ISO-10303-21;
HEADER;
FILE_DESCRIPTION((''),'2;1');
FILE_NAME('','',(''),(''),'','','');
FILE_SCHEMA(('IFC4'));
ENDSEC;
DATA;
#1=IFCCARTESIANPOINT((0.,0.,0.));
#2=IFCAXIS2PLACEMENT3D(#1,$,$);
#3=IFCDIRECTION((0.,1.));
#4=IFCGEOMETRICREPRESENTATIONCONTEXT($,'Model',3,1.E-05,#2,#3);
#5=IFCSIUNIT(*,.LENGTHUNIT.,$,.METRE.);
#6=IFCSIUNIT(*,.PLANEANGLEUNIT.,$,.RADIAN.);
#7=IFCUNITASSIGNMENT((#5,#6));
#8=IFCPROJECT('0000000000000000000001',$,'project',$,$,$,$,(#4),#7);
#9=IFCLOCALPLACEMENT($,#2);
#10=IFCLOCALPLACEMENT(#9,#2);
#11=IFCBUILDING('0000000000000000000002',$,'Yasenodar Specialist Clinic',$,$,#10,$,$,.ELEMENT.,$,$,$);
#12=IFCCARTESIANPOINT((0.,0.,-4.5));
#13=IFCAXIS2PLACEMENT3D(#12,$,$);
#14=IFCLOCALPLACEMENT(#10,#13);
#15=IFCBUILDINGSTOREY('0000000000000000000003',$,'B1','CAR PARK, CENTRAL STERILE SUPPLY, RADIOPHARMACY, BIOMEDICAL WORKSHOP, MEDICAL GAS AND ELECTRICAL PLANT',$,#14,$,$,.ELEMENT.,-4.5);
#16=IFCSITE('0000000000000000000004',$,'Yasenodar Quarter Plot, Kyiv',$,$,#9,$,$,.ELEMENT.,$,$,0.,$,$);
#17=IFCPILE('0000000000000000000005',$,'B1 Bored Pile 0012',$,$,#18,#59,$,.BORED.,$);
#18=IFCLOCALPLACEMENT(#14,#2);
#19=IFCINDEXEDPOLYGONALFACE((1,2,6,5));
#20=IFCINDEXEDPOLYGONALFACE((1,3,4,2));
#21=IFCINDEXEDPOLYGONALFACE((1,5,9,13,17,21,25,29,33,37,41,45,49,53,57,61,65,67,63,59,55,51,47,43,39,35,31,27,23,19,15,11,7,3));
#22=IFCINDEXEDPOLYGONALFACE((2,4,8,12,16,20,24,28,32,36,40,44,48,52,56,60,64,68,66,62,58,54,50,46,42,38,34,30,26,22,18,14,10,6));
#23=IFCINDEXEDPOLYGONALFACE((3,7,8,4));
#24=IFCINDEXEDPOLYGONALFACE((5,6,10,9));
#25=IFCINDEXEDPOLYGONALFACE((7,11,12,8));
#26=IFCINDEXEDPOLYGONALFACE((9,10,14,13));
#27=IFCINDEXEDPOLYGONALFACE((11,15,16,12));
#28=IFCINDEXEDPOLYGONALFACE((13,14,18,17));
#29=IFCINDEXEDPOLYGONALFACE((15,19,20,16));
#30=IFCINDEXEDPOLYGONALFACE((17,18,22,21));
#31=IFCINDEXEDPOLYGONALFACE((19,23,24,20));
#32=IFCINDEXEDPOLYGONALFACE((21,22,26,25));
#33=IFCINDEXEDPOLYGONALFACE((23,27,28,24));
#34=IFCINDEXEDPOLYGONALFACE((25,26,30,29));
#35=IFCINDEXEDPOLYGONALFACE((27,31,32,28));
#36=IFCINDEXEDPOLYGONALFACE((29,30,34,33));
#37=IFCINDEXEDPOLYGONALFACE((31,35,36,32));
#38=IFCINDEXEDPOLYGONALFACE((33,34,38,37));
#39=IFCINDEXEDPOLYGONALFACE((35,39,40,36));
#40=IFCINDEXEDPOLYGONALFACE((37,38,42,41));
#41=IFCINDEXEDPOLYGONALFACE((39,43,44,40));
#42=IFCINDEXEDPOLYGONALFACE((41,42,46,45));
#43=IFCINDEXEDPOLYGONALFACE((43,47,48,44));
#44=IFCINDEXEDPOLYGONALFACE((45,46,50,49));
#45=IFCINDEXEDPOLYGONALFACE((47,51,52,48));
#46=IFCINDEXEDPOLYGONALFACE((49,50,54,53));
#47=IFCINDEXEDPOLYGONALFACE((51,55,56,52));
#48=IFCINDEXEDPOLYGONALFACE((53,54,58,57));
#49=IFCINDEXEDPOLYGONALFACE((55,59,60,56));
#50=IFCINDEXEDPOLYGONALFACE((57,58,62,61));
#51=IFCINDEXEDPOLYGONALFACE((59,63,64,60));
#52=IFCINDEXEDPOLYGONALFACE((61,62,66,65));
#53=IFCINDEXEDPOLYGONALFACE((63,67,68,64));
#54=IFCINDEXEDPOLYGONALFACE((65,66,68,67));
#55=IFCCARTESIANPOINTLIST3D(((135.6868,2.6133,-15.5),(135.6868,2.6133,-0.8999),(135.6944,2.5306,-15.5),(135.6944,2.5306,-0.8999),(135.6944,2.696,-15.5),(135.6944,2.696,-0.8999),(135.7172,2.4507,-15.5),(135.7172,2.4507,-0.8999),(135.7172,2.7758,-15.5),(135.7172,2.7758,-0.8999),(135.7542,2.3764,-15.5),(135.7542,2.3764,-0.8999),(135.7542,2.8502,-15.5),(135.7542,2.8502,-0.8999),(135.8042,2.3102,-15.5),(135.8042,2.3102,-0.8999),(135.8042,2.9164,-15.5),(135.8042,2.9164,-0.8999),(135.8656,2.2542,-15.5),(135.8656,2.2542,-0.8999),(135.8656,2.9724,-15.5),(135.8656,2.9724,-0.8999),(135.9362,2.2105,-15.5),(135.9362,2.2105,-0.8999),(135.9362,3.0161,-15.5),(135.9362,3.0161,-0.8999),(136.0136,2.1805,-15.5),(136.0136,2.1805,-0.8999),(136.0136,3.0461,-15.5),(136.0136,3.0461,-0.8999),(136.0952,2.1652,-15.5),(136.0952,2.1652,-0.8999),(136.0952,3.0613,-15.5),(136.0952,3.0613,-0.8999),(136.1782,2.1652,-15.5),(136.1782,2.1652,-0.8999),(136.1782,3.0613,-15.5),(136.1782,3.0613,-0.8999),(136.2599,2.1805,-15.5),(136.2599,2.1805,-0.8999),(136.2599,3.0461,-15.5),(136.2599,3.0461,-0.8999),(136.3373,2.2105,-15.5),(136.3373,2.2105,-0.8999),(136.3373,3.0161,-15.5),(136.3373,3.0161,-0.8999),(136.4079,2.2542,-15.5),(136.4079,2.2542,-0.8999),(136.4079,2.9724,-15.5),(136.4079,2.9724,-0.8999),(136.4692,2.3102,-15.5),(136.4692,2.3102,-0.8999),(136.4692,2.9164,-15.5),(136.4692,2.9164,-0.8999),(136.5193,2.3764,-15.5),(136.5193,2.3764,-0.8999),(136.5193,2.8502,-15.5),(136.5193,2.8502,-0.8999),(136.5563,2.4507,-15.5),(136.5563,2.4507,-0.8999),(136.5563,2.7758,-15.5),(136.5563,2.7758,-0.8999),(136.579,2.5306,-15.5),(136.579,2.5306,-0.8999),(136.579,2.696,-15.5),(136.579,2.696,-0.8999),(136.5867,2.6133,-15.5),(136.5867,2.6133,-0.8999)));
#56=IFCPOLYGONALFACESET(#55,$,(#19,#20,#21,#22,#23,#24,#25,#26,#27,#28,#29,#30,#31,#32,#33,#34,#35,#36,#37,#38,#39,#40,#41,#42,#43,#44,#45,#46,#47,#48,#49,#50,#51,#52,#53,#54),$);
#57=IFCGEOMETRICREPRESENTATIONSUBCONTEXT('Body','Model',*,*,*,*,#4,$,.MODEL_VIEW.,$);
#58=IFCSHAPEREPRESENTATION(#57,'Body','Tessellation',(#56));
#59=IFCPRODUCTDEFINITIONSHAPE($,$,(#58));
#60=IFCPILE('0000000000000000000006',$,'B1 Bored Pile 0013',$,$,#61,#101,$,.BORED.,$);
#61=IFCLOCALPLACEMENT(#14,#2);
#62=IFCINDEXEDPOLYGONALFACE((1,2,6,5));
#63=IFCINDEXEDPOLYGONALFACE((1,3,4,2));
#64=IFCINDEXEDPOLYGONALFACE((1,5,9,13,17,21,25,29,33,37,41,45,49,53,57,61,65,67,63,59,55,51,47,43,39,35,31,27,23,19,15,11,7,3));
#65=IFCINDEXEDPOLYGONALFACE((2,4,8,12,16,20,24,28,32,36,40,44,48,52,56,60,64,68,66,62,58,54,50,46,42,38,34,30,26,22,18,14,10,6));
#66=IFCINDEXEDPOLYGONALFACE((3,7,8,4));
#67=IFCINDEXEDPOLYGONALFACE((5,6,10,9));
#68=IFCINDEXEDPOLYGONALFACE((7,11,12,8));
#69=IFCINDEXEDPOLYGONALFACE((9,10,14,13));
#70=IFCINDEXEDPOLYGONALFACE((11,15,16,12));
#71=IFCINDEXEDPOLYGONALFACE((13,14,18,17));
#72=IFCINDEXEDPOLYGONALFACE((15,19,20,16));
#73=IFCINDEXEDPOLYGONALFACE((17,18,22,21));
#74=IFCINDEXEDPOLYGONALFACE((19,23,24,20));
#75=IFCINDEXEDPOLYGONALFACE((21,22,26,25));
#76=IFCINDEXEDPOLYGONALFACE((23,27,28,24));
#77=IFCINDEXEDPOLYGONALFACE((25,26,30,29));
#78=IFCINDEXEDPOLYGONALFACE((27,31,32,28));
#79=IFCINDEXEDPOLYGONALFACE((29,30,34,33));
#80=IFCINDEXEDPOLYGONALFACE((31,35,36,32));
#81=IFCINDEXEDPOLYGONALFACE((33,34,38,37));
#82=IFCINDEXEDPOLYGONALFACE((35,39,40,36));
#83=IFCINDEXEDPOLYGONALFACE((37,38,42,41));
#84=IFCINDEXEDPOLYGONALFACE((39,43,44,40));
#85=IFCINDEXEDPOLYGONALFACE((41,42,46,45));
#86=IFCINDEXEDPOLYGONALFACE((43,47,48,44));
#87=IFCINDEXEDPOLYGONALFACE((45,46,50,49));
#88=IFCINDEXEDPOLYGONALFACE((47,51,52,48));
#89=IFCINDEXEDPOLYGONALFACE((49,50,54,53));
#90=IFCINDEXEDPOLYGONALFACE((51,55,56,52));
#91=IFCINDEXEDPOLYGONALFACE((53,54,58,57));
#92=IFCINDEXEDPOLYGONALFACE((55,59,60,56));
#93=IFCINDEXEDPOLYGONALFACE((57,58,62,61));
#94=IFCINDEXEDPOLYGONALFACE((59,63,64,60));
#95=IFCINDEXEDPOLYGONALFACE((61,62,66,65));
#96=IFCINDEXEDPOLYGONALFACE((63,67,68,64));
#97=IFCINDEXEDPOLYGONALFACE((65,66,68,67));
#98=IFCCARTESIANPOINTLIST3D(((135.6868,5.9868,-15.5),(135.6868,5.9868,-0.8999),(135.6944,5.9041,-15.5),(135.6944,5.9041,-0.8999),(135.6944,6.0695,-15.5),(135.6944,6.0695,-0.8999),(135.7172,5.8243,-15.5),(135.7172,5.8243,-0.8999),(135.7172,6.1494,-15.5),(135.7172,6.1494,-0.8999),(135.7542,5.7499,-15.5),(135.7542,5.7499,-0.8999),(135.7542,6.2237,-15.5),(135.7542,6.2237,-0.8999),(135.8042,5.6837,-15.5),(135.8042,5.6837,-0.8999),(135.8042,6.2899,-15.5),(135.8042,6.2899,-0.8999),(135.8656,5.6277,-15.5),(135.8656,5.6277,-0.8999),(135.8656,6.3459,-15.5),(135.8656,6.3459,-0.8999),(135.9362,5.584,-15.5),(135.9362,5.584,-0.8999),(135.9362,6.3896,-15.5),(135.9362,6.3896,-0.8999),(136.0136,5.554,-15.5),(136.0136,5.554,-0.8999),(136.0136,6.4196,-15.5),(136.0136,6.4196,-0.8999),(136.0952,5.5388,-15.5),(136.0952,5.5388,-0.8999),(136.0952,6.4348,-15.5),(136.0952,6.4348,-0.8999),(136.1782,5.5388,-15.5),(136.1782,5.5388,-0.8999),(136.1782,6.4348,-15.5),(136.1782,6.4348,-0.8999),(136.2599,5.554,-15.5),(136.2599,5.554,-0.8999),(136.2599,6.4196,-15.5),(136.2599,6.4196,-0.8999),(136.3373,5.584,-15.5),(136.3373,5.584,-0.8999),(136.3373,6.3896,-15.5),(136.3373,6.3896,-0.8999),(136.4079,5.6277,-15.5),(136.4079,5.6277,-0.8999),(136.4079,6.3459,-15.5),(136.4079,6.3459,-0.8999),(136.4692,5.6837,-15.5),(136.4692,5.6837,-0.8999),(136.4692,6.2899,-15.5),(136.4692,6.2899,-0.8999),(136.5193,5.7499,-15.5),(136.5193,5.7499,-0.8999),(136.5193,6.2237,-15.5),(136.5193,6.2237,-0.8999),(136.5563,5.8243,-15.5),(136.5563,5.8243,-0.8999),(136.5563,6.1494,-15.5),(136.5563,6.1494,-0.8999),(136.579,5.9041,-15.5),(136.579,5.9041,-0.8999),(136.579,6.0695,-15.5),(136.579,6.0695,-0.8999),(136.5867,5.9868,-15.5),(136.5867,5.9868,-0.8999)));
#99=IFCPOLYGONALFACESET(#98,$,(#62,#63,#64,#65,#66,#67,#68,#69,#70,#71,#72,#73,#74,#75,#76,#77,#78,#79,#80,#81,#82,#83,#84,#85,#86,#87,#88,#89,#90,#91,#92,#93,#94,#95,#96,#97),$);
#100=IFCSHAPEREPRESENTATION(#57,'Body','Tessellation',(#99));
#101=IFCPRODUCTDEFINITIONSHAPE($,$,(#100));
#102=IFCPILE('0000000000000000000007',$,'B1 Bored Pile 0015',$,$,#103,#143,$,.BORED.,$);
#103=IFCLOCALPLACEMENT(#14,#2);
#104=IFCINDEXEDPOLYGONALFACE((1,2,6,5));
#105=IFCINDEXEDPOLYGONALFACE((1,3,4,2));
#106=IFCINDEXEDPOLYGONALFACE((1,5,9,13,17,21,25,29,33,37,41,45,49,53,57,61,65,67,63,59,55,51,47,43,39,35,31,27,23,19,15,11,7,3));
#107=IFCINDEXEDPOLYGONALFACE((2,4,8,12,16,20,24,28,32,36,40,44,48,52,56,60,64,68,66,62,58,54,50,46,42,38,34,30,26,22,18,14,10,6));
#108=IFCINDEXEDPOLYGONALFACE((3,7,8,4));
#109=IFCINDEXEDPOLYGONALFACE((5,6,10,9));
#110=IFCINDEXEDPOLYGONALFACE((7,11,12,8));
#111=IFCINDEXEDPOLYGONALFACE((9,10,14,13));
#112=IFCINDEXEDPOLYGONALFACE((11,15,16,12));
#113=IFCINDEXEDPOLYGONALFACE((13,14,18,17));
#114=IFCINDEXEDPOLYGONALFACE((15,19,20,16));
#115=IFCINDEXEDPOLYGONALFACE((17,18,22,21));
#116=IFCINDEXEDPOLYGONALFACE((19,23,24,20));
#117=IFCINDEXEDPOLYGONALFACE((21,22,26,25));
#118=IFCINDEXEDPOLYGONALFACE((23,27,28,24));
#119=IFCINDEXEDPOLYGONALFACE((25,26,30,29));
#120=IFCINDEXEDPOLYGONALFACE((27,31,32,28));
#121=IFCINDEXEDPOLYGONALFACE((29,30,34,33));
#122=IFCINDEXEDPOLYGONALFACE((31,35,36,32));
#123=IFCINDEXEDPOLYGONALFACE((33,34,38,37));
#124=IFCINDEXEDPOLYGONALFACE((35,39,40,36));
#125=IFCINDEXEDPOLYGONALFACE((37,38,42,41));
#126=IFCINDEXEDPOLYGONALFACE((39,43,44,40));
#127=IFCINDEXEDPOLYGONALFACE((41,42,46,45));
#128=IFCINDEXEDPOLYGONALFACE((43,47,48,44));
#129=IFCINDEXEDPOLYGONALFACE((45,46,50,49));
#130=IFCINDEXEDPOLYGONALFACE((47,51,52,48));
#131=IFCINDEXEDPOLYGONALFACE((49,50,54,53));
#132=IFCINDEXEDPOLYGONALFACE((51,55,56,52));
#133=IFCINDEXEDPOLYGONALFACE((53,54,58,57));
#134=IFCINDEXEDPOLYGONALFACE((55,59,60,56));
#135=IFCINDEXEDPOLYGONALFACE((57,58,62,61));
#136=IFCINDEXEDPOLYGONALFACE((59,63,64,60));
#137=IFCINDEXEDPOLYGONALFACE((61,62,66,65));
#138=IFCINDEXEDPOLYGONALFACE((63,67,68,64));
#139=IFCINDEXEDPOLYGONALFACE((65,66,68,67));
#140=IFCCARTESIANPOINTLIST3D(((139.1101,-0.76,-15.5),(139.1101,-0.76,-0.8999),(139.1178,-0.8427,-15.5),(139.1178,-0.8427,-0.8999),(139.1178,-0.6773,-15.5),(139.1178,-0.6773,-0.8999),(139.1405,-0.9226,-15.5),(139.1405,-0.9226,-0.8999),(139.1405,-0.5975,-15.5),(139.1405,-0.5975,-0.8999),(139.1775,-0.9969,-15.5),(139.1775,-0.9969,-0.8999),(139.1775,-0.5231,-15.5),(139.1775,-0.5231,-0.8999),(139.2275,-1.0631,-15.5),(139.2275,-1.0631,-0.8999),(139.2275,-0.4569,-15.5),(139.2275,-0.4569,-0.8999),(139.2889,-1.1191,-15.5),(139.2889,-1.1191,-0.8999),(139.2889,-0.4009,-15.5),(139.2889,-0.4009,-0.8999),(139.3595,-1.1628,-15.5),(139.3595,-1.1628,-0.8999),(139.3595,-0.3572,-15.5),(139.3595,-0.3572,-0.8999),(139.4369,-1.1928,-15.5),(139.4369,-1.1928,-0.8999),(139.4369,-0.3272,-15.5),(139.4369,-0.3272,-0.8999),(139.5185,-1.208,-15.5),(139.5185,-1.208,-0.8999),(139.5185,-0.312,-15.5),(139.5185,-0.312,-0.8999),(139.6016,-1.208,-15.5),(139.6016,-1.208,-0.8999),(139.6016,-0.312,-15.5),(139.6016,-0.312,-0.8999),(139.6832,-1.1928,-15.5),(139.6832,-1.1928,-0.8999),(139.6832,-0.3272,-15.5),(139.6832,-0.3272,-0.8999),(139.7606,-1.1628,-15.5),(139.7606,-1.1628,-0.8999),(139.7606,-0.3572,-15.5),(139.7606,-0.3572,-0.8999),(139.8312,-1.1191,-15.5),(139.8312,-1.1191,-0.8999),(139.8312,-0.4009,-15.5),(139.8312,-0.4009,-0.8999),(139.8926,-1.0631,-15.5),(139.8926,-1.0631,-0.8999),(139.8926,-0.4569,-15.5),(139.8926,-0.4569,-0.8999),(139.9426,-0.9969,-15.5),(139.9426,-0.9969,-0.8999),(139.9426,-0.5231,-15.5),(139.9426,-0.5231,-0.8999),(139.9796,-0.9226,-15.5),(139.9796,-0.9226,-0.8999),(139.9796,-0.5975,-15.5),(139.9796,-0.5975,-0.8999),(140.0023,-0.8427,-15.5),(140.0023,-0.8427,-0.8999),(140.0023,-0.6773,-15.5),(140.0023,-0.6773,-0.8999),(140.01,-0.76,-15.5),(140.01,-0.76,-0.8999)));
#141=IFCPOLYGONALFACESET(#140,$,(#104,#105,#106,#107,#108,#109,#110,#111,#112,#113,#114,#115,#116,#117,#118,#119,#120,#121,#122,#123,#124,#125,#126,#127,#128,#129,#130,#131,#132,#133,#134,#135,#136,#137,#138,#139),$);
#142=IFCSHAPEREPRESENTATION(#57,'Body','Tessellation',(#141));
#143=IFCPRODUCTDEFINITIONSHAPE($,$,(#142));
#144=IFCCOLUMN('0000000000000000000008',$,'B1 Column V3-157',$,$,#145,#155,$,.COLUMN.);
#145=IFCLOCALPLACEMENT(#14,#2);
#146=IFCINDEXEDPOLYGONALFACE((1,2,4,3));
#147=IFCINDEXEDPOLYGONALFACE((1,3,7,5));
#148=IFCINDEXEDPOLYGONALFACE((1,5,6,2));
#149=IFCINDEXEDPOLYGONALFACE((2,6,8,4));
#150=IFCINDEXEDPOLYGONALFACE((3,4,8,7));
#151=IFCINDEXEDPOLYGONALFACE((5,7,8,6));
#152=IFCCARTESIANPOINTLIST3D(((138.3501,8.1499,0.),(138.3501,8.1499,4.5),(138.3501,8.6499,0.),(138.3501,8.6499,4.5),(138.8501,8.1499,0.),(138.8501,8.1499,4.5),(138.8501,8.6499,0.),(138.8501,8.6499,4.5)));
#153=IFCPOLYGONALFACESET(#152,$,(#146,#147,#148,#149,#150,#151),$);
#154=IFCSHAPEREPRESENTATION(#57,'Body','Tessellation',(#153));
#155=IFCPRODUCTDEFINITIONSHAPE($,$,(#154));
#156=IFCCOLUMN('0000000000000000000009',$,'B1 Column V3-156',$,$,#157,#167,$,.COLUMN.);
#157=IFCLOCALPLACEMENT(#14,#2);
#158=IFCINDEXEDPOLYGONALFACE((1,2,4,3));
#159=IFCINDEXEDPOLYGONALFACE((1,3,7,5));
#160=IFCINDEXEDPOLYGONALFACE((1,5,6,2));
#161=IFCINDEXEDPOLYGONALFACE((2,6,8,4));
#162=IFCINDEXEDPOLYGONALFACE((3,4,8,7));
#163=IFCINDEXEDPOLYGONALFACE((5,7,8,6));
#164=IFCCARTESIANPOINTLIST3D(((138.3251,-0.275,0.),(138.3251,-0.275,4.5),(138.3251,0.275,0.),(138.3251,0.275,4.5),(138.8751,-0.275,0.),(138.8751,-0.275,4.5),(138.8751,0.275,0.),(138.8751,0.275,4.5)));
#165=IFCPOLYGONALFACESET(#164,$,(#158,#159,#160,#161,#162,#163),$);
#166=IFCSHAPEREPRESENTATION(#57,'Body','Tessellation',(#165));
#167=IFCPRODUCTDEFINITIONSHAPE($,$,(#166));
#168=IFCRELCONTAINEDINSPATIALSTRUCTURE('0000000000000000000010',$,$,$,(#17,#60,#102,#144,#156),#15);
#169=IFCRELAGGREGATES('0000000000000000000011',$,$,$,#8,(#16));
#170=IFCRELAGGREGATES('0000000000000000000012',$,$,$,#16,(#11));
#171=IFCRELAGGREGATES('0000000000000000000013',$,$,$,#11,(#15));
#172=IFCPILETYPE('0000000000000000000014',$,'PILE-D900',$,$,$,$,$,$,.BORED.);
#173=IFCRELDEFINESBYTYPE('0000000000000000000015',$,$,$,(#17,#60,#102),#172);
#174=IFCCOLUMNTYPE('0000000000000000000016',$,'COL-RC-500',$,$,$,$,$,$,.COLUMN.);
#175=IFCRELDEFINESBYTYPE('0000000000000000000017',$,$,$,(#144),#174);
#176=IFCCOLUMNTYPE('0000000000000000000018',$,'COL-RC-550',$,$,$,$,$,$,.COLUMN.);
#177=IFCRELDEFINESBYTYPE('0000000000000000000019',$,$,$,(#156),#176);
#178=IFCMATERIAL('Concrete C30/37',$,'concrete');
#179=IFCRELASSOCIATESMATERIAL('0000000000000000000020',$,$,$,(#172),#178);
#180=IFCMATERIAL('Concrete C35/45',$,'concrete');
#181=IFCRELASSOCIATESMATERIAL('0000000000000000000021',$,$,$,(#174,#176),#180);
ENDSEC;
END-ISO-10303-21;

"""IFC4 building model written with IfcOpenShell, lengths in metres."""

from ifc_helpers import new_model, si_unit, direction, frame, origin, origin_2d, place, context, subcontext, project, spatial, rectangle, circle, extrude, material, material_profile, profile_set, type_object, element, save


model = new_model("IFC4")

# Units and contexts
model_context = context("Model", 3, precision=1e-05, world=origin(), true_north=direction((0.0, 1.0)))
body_context = subcontext(model_context, "Body", "Model", "MODEL_VIEW")
ifc_project = project(units=[si_unit("LENGTHUNIT", "METRE"), si_unit("PLANEANGLEUNIT", "RADIAN")], contexts=[model_context])

# Site, building, storey
site_placement = place(None, origin())
site = spatial("IfcSite", under=ifc_project, at=site_placement, Name="Yasenodar Quarter Plot, Kyiv", CompositionType="ELEMENT", RefElevation=0.0)
building_placement = place(site_placement, origin())
building = spatial("IfcBuilding", under=site, at=building_placement, Name="Yasenodar Specialist Clinic", CompositionType="ELEMENT")
storey_placement = place(building_placement, frame((0.0, 0.0, -4.5)))
storey = spatial("IfcBuildingStorey", under=building, at=storey_placement, Name="B1", Description="CAR PARK, CENTRAL STERILE SUPPLY, RADIOPHARMACY, BIOMEDICAL WORKSHOP, MEDICAL GAS AND ELECTRICAL PLANT", CompositionType="ELEMENT", Elevation=-4.5)

# Shared definitions
ifc_material_1 = material(Name="Concrete C35/45", Category="concrete")

# Piles
ifc_material_2 = material(Name="Concrete C30/37", Category="concrete")
ifc_material_profile_1 = material_profile(ifc_material_2, circle(Radius=0.45, at=origin_2d()), Name="PILE D900")
ifc_profile_set_1 = profile_set([ifc_material_profile_1], Name="Concrete C30/37")
pile_type = type_object("IfcPileType", Name="PILE-D900", PredefinedType="BORED", material=ifc_profile_set_1)
for number, where, z_axis, x_axis, name in (
    (1, (136.1367, 2.6133, -0.8999), (0.0, 0.0, -1.0), (1.0, 0.0, 0.0), "B1 Bored Pile 0012"),
    (2, (136.1367, 5.9868, -0.8999), (0.0, 0.0, -1.0), (1.0, 0.0, 0.0), "B1 Bored Pile 0013"),
    (3, (139.5601, -0.76, -0.8999), (0.0, 0.0, -1.0), (1.0, 0.0, 0.0), "B1 Bored Pile 0015"),
):
    element("IfcPile", number, at=place(storey_placement, frame(where, z_axis=z_axis, x_axis=x_axis)), inside=storey, type_object=pile_type, Name=name, PredefinedType="BORED", context=body_context, shape_type="SweptSolid", body=[
        extrude(circle(Radius=0.45, at=origin_2d()), origin(), (0.0, 0.0, 1.0), 14.6001),
    ])

# Columns
ifc_material_profile_2 = material_profile(ifc_material_1, rectangle(XDim=0.5, YDim=0.5, at=origin_2d()), Name="RC 500x500")
ifc_profile_set_2 = profile_set([ifc_material_profile_2], Name="Concrete C35/45")
column_type_1 = type_object("IfcColumnType", Name="COL-RC-500", PredefinedType="COLUMN", material=ifc_profile_set_2)
column_1_placement = place(storey_placement, frame((138.6001, 8.3999, 0.0), z_axis=(0.0, 0.0, 1.0), x_axis=(1.0, 0.0, 0.0)))
element("IfcColumn", 4, at=column_1_placement, inside=storey, type_object=column_type_1, Name="B1 Column V3-157", PredefinedType="COLUMN", context=body_context, shape_type="SweptSolid", body=[
    extrude(rectangle(XDim=0.5, YDim=0.5, at=origin_2d()), origin(), (0.0, 0.0, 1.0), 4.5),
])
ifc_material_profile_3 = material_profile(ifc_material_1, rectangle(XDim=0.55, YDim=0.55, at=origin_2d()), Name="RC 550x550")
ifc_profile_set_3 = profile_set([ifc_material_profile_3], Name="Concrete C35/45")
column_type_2 = type_object("IfcColumnType", Name="COL-RC-550", PredefinedType="COLUMN", material=ifc_profile_set_3)
column_2_placement = place(storey_placement, frame((138.6001, 0.0, 0.0), z_axis=(0.0, 0.0, 1.0), x_axis=(1.0, 0.0, 0.0)))
element("IfcColumn", 5, at=column_2_placement, inside=storey, type_object=column_type_2, Name="B1 Column V3-156", PredefinedType="COLUMN", context=body_context, shape_type="SweptSolid", body=[
    extrude(rectangle(XDim=0.55, YDim=0.55, at=origin_2d()), origin(), (0.0, 0.0, 1.0), 4.5),
])

save(model, "model.ifc")
